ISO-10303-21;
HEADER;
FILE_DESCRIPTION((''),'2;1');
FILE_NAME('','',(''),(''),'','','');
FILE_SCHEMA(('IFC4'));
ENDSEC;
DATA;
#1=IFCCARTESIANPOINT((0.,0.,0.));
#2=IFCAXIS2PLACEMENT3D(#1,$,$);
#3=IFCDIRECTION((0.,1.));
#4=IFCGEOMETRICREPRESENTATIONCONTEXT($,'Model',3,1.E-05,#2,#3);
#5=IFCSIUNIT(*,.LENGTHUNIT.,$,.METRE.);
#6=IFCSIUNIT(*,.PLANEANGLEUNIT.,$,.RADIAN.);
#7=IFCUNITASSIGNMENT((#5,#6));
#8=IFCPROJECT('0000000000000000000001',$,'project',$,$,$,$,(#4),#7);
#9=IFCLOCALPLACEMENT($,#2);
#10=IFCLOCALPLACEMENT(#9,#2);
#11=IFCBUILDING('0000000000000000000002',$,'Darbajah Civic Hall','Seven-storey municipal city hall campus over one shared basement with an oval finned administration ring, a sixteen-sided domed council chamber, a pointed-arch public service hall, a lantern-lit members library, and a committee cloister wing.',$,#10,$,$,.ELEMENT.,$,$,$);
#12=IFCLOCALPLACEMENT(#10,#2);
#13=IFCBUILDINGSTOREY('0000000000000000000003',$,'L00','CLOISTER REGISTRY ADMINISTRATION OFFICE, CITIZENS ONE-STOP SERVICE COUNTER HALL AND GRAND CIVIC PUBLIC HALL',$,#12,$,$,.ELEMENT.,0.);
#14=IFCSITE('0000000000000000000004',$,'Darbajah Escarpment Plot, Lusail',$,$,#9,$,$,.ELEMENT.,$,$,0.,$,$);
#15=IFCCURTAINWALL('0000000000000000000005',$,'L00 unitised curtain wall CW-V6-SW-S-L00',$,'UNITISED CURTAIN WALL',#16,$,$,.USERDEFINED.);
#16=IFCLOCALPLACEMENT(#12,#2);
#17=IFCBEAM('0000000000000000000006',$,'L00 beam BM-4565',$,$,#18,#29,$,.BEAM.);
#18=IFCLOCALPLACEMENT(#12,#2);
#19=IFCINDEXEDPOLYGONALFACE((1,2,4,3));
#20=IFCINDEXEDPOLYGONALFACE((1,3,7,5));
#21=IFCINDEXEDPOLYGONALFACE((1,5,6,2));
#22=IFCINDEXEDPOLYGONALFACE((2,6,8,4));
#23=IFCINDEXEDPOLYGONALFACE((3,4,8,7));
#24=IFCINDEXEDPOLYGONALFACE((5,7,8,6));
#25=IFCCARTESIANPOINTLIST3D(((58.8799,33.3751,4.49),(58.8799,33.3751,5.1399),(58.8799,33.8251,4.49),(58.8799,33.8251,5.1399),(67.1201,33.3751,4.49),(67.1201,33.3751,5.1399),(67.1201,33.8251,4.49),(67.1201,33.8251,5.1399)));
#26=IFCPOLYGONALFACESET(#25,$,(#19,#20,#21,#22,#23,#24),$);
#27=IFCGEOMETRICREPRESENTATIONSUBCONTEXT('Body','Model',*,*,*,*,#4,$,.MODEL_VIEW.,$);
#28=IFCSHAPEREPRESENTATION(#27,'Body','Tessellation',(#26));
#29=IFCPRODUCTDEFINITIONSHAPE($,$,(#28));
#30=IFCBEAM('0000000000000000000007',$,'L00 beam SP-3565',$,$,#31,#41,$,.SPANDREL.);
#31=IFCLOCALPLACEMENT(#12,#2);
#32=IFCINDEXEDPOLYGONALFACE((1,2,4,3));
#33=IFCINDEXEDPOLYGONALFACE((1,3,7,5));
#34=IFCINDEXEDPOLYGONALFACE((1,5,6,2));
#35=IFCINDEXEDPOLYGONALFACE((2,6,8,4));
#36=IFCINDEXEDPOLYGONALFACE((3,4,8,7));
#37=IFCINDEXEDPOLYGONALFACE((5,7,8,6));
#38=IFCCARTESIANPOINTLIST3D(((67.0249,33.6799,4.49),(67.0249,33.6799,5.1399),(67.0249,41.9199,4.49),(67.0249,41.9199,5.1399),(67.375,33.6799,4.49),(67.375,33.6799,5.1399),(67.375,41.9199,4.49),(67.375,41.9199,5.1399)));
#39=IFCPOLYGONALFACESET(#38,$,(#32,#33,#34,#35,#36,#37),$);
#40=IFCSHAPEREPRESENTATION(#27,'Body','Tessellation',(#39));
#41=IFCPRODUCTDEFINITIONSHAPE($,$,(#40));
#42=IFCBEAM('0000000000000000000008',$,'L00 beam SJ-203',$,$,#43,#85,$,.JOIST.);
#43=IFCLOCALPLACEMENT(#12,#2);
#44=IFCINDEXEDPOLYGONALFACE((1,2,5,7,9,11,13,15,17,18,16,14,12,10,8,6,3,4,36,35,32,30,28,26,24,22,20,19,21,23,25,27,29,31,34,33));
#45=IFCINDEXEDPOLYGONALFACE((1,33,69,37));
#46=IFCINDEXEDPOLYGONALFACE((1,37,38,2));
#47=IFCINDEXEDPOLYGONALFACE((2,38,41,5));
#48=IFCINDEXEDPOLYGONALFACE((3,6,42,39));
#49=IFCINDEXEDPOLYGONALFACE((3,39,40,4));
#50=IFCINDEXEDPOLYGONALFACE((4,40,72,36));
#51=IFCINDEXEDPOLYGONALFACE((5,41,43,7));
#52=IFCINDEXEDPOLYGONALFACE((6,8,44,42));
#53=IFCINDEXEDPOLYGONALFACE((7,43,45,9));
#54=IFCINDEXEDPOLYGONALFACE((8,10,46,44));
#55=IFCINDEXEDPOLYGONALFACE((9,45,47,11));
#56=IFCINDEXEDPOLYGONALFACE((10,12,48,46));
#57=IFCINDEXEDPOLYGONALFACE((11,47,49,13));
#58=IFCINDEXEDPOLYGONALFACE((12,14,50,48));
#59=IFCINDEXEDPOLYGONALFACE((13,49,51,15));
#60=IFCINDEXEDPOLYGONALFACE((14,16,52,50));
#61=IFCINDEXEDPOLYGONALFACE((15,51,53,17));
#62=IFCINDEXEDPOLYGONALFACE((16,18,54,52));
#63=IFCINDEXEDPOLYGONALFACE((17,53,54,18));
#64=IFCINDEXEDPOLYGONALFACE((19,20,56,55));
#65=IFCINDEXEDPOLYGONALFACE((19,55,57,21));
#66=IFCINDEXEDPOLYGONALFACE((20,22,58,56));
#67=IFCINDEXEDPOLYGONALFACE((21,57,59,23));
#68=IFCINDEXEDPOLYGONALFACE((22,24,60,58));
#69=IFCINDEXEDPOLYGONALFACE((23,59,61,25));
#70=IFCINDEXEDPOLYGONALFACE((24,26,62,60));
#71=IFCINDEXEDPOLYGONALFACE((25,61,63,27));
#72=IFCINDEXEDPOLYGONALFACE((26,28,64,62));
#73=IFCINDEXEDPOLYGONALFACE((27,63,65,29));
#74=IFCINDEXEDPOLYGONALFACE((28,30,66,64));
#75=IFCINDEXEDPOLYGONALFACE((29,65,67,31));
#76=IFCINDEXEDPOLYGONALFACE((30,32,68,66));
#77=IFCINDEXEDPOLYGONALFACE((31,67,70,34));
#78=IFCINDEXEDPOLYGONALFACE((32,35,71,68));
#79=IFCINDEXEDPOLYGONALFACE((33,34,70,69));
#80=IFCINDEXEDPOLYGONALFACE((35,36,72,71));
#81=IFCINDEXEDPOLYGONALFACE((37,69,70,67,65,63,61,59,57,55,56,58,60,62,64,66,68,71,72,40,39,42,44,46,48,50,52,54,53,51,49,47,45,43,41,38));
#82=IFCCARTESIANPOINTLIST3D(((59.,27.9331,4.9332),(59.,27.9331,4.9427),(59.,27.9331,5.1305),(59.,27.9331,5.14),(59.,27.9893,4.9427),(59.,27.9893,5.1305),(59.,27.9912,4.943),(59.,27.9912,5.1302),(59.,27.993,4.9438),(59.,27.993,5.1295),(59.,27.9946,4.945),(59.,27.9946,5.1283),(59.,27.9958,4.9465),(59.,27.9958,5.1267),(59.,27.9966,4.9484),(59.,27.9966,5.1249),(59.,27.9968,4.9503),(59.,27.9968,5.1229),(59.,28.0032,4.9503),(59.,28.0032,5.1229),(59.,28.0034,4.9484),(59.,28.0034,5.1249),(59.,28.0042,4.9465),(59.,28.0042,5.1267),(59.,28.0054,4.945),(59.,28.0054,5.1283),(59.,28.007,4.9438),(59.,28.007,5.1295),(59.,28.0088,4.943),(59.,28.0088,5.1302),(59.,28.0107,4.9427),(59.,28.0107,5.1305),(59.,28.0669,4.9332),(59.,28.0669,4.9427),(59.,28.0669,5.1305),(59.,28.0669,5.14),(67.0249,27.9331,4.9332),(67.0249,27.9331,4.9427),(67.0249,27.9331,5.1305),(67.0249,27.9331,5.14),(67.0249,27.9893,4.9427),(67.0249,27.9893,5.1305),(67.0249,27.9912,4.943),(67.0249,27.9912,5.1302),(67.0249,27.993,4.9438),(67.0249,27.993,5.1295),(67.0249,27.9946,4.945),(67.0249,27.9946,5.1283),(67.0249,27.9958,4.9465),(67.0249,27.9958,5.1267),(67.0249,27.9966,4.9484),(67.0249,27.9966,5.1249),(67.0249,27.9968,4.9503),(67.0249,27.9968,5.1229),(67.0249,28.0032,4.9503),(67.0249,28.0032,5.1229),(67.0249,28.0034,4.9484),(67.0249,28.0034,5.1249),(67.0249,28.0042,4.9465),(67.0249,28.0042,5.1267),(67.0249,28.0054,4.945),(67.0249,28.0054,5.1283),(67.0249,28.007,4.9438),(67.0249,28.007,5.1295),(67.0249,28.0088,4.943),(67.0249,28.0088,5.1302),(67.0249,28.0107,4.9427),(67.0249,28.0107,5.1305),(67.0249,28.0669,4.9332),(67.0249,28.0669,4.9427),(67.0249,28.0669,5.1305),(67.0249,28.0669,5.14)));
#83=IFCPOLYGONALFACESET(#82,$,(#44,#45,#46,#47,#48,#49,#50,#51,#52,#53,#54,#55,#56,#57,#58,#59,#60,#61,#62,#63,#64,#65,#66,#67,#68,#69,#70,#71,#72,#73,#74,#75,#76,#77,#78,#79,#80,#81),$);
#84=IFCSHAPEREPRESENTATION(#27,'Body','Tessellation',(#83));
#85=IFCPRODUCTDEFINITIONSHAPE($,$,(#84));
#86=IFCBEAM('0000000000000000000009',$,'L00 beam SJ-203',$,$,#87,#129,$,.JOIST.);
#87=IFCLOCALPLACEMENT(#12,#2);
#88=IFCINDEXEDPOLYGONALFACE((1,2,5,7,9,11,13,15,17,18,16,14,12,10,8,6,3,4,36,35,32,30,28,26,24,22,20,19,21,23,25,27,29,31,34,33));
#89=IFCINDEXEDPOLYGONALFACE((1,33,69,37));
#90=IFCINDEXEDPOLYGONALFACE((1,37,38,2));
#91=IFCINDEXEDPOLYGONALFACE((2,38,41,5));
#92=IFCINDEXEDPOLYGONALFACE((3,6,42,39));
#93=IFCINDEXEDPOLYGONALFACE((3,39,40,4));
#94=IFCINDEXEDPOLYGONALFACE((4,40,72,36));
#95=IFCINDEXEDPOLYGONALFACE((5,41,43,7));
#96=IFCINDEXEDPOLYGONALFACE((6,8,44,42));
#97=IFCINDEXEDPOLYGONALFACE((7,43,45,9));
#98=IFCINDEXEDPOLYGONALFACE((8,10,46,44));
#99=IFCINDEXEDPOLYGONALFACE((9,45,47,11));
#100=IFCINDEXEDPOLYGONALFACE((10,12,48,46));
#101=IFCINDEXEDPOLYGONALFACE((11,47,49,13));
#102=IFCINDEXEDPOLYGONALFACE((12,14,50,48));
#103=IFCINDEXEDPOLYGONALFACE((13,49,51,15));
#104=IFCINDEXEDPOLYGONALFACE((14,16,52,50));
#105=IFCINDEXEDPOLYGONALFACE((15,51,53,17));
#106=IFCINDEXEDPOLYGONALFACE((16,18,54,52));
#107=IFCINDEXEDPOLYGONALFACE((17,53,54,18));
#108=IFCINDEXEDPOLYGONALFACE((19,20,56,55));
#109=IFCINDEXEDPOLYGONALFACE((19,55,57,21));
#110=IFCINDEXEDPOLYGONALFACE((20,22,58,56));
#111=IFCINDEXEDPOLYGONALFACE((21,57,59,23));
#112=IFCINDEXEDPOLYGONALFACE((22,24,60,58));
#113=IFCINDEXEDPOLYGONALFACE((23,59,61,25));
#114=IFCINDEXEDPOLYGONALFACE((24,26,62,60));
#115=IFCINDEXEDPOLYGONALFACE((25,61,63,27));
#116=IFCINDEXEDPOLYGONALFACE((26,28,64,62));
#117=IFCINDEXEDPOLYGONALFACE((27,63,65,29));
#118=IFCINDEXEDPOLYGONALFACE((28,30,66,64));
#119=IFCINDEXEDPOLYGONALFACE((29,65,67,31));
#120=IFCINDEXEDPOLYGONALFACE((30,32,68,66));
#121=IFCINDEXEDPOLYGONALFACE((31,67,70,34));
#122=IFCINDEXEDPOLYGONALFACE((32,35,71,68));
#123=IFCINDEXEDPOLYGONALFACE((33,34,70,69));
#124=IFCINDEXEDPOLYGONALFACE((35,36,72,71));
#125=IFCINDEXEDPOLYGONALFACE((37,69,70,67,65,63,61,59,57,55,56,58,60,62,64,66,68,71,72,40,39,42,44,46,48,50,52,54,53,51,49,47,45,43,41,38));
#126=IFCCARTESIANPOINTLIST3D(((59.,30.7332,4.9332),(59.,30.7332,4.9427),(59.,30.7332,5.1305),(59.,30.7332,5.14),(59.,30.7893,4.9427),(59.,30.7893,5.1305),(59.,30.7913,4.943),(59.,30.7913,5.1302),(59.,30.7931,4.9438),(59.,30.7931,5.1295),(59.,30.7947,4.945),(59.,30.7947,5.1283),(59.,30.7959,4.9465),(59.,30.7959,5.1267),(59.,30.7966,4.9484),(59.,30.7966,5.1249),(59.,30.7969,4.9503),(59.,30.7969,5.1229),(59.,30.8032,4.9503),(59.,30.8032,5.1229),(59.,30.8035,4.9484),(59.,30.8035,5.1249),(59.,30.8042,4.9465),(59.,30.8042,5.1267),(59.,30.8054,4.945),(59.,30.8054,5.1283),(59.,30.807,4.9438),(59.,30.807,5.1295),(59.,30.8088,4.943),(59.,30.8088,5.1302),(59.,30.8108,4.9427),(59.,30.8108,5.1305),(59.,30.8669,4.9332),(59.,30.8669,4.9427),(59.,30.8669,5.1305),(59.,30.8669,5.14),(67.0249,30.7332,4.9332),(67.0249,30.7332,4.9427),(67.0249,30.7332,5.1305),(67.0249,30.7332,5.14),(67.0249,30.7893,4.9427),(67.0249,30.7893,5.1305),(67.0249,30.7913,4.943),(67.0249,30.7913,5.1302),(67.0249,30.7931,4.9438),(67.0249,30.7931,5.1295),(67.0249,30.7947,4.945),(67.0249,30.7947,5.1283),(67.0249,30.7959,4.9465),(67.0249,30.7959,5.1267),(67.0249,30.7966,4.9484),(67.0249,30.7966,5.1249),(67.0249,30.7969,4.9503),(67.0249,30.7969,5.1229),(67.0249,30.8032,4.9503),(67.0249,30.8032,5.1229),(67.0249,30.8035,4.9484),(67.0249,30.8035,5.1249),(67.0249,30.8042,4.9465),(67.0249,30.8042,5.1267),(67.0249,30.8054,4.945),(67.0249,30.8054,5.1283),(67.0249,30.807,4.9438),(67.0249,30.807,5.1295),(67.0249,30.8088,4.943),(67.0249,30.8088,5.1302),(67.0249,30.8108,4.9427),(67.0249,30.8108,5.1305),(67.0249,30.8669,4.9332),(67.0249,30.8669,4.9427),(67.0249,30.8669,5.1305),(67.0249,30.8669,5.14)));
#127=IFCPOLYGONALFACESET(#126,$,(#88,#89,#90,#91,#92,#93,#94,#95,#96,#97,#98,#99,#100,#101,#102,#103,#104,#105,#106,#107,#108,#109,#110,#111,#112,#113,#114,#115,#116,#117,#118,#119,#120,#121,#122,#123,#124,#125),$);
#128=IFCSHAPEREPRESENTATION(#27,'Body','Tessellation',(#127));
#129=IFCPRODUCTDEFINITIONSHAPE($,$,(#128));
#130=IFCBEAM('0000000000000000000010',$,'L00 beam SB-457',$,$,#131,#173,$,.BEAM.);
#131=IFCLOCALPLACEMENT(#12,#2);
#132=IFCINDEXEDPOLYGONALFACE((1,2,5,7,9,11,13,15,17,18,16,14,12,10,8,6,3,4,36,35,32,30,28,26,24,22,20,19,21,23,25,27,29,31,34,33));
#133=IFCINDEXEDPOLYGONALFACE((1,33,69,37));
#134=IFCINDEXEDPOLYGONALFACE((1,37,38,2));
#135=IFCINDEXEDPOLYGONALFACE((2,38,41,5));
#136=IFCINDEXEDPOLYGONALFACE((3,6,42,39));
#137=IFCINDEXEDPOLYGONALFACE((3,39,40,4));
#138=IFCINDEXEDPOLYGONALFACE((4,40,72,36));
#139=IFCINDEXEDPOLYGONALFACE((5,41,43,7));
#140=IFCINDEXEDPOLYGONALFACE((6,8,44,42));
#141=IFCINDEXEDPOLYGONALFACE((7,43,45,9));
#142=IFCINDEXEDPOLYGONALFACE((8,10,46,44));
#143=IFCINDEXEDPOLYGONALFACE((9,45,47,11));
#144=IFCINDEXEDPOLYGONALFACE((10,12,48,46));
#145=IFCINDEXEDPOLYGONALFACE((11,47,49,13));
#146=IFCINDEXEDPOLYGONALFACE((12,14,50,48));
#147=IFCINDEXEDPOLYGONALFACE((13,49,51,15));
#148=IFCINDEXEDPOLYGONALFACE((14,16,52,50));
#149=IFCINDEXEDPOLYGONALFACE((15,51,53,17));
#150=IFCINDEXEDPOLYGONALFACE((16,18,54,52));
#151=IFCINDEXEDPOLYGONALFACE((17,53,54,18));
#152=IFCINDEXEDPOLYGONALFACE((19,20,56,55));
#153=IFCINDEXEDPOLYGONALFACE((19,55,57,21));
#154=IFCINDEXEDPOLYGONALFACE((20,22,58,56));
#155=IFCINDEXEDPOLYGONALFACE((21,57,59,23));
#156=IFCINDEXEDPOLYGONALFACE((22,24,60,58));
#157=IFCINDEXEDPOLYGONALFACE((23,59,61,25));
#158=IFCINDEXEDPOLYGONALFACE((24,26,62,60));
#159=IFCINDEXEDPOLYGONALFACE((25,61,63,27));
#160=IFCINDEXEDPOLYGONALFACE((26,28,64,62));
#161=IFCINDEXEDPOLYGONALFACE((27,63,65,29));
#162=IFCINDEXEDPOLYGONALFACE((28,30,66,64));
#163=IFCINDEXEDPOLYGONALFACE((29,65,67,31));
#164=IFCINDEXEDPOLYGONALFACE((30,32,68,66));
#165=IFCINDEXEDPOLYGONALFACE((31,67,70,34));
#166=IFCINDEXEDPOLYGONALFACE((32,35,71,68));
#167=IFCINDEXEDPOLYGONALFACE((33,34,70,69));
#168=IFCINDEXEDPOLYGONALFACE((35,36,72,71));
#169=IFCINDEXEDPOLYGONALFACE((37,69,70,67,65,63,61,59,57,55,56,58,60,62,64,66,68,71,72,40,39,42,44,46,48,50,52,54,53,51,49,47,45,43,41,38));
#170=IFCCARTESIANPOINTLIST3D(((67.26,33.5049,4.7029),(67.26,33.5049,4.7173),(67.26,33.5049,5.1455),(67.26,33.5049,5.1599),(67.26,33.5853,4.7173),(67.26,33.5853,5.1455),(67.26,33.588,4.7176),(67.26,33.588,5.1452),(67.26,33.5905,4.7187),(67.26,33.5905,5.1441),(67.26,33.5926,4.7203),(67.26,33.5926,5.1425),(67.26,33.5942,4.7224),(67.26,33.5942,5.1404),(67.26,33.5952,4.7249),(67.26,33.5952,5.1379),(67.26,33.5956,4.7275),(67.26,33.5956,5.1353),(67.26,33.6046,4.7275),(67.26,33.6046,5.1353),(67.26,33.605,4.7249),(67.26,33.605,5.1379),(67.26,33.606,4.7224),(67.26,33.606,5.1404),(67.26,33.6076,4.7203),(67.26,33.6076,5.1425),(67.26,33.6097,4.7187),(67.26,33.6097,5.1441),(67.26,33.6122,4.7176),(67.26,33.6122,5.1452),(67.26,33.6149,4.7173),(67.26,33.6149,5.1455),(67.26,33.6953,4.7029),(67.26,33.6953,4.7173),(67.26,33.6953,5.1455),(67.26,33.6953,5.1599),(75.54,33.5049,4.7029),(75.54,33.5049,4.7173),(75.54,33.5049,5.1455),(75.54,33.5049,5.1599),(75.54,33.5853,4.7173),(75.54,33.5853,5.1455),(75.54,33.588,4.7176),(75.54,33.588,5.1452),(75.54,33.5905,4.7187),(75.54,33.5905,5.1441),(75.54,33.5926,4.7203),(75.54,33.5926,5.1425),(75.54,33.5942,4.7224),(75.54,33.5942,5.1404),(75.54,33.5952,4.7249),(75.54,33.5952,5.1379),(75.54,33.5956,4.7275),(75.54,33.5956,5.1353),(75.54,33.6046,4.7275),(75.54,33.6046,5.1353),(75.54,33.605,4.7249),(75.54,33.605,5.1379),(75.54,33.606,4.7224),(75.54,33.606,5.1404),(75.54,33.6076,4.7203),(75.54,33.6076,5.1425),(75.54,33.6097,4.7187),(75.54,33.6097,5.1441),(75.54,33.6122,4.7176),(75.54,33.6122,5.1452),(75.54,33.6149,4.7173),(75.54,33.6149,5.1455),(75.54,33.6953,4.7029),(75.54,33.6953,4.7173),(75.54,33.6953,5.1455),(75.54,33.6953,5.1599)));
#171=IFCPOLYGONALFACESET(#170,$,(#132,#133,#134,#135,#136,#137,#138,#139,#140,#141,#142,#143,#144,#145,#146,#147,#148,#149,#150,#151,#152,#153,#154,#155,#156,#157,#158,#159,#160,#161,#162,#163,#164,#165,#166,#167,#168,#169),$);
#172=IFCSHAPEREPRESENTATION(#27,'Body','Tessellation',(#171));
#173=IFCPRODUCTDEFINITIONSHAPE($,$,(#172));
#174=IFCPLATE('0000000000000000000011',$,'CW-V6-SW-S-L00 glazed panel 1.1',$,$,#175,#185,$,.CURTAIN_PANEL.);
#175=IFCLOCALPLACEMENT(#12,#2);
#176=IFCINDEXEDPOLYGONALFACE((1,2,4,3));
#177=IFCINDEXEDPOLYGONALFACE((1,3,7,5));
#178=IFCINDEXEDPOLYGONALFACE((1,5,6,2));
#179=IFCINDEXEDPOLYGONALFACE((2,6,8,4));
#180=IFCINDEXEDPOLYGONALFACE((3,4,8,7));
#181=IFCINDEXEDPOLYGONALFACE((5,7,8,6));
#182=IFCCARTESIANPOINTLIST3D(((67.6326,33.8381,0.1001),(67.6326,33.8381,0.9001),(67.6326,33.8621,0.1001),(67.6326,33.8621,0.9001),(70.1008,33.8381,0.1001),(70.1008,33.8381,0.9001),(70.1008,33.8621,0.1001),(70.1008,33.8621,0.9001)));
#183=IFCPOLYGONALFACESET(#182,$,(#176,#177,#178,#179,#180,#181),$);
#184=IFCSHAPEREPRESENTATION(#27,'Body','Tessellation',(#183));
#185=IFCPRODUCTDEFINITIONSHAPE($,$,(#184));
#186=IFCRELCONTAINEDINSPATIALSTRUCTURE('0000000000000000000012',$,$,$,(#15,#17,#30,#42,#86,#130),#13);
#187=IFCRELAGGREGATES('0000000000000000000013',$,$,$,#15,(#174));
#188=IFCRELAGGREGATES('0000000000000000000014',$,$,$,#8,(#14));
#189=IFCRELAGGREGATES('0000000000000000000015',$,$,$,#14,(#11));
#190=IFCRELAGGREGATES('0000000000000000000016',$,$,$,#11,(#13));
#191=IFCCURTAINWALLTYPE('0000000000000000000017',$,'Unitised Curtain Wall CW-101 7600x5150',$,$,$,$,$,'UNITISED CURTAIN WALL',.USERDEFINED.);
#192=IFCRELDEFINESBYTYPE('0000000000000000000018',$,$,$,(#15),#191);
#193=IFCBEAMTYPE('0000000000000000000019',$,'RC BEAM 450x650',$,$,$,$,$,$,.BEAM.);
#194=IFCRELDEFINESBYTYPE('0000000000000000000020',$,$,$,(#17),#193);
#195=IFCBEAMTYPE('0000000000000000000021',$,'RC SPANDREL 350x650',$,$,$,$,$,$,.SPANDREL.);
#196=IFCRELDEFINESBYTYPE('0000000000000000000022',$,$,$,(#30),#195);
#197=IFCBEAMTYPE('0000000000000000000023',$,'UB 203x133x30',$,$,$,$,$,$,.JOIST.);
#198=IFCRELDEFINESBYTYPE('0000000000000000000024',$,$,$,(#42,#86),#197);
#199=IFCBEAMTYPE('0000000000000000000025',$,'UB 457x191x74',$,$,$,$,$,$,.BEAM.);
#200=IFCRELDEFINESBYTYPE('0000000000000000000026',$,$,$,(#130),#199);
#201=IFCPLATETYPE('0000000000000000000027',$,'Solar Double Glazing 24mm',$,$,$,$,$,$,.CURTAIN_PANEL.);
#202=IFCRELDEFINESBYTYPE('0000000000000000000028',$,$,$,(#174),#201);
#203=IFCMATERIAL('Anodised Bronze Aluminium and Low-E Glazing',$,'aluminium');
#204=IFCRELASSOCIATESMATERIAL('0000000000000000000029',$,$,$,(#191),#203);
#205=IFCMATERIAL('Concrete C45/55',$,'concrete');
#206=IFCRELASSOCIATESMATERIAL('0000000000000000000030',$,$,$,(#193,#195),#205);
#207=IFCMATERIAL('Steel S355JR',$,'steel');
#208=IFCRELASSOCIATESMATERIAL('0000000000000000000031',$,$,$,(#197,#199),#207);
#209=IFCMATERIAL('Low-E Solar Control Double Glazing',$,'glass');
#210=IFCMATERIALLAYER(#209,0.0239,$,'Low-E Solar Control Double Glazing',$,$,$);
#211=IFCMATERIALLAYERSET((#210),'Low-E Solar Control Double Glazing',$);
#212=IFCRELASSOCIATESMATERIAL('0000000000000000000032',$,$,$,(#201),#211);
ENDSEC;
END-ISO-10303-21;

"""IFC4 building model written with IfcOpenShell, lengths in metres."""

from ifc_helpers import new_model, si_unit, direction, frame, origin, origin_2d, place, context, subcontext, project, spatial, rectangle, i_section, extrude, material, layer, layer_set, material_profile, profile_set, type_object, element, aggregate, save


model = new_model("IFC4")

# Units and contexts
model_context = context("Model", 3, precision=1e-05, world=origin(), true_north=direction((0.0, 1.0)))
body_context = subcontext(model_context, "Body", "Model", "MODEL_VIEW")
ifc_project = project(units=[si_unit("LENGTHUNIT", "METRE"), si_unit("PLANEANGLEUNIT", "RADIAN")], contexts=[model_context])

# Site, building, storey
site_placement = place(None, origin())
site = spatial("IfcSite", under=ifc_project, at=site_placement, Name="Darbajah Escarpment Plot, Lusail", CompositionType="ELEMENT", RefElevation=0.0)
building_placement = place(site_placement, origin())
building = spatial("IfcBuilding", under=site, at=building_placement, Name="Darbajah Civic Hall", Description="Seven-storey municipal city hall campus over one shared basement with an oval finned administration ring, a sixteen-sided domed council chamber, a pointed-arch public service hall, a lantern-lit members library, and a committee cloister wing.", CompositionType="ELEMENT")
storey_placement = place(building_placement, origin())
storey = spatial("IfcBuildingStorey", under=building, at=storey_placement, Name="L00", Description="CLOISTER REGISTRY ADMINISTRATION OFFICE, CITIZENS ONE-STOP SERVICE COUNTER HALL AND GRAND CIVIC PUBLIC HALL", CompositionType="ELEMENT", Elevation=0.0)

# Curtain wall
ifc_material_1 = material(Name="Anodised Bronze Aluminium and Low-E Glazing", Category="aluminium")
curtain_wall_type = type_object("IfcCurtainWallType", Name="Unitised Curtain Wall CW-101 7600x5150", ElementType="UNITISED CURTAIN WALL", PredefinedType="USERDEFINED", material=ifc_material_1)
curtain_wall_placement = place(storey_placement, origin())
curtain_wall = element("IfcCurtainWall", 1, at=curtain_wall_placement, inside=storey, type_object=curtain_wall_type, Name="L00 unitised curtain wall CW-V6-SW-S-L00", ObjectType="UNITISED CURTAIN WALL", PredefinedType="USERDEFINED")

# Beams
ifc_material_2 = material(Name="Concrete C45/55", Category="concrete")
ifc_material_profile_1 = material_profile(ifc_material_2, rectangle(XDim=0.45, YDim=0.6499, at=origin_2d()), Name="RC BEAM 450x650")
ifc_profile_set_1 = profile_set([ifc_material_profile_1], Name="Concrete C45/55")
beam_type_1 = type_object("IfcBeamType", Name="RC BEAM 450x650", PredefinedType="BEAM", material=ifc_profile_set_1)
beam_1_placement = place(storey_placement, frame((58.8799, 33.6001, 4.8149), z_axis=(1.0, 0.0, 0.0), x_axis=(0.0, 1.0, 0.0)))
element("IfcBeam", 2, at=beam_1_placement, inside=storey, type_object=beam_type_1, Name="L00 beam BM-4565", PredefinedType="BEAM", context=body_context, shape_type="SweptSolid", body=[
    extrude(rectangle(XDim=0.45, YDim=0.6499, at=origin_2d()), origin(), (0.0, 0.0, 1.0), 8.2402),
])
ifc_material_profile_2 = material_profile(ifc_material_2, rectangle(XDim=0.3501, YDim=0.6499, at=origin_2d()), Name="RC SPANDREL 350x650")
ifc_profile_set_2 = profile_set([ifc_material_profile_2], Name="Concrete C45/55")
beam_type_2 = type_object("IfcBeamType", Name="RC SPANDREL 350x650", PredefinedType="SPANDREL", material=ifc_profile_set_2)
beam_2_placement = place(storey_placement, frame((67.2, 33.6799, 4.8149), z_axis=(0.0, 1.0, 0.0), x_axis=(-1.0, 0.0, 0.0)))
element("IfcBeam", 3, at=beam_2_placement, inside=storey, type_object=beam_type_2, Name="L00 beam SP-3565", PredefinedType="SPANDREL", context=body_context, shape_type="SweptSolid", body=[
    extrude(rectangle(XDim=0.3501, YDim=0.6499, at=origin_2d()), origin(), (0.0, 0.0, 1.0), 8.24),
])
ifc_material_3 = material(Name="Steel S355JR", Category="steel")
ifc_material_profile_3 = material_profile(ifc_material_3, i_section(OverallWidth=0.1338, OverallDepth=0.2068, WebThickness=0.0063, FlangeThickness=0.0095, FilletRadius=0.0076, at=origin_2d()), Name="UB 203x133x30")
ifc_profile_set_3 = profile_set([ifc_material_profile_3], Name="Steel S355JR")
beam_type_3 = type_object("IfcBeamType", Name="UB 203x133x30", PredefinedType="JOIST", material=ifc_profile_set_3)
for number, where, z_axis, x_axis, name in (
    (4, (59.0, 28.0, 5.0366), (1.0, 0.0, 0.0), (0.0, 1.0, 0.0), "L00 beam SJ-203"),
    (5, (59.0, 30.8, 5.0366), (1.0, 0.0, 0.0), (0.0, 1.0, 0.0), "L00 beam SJ-203"),
):
    element("IfcBeam", number, at=place(storey_placement, frame(where, z_axis=z_axis, x_axis=x_axis)), inside=storey, type_object=beam_type_3, Name=name, PredefinedType="JOIST", context=body_context, shape_type="SweptSolid", body=[
        extrude(i_section(OverallWidth=0.1338, OverallDepth=0.2068, WebThickness=0.0063, FlangeThickness=0.0095, FilletRadius=0.0076, at=origin_2d()), origin(), (0.0, 0.0, 1.0), 8.0249),
    ])
ifc_material_profile_4 = material_profile(ifc_material_3, i_section(OverallWidth=0.1904, OverallDepth=0.457, WebThickness=0.009, FlangeThickness=0.0144, FilletRadius=0.0103, at=origin_2d()), Name="UB 457x191x74")
ifc_profile_set_4 = profile_set([ifc_material_profile_4], Name="Steel S355JR")
beam_type_4 = type_object("IfcBeamType", Name="UB 457x191x74", PredefinedType="BEAM", material=ifc_profile_set_4)
beam_3_placement = place(storey_placement, frame((67.26, 33.6001, 4.9314), z_axis=(1.0, 0.0, 0.0), x_axis=(0.0, 1.0, 0.0)))
element("IfcBeam", 6, at=beam_3_placement, inside=storey, type_object=beam_type_4, Name="L00 beam SB-457", PredefinedType="BEAM", context=body_context, shape_type="SweptSolid", body=[
    extrude(i_section(OverallWidth=0.1904, OverallDepth=0.457, WebThickness=0.009, FlangeThickness=0.0144, FilletRadius=0.0103, at=origin_2d()), origin(), (0.0, 0.0, 1.0), 8.28),
])

# Plate
ifc_material_4 = material(Name="Low-E Solar Control Double Glazing", Category="glass")
ifc_layer = layer(ifc_material_4, 0.0239, Name="Low-E Solar Control Double Glazing")
ifc_layer_set = layer_set([ifc_layer], Name="Low-E Solar Control Double Glazing")
plate_type = type_object("IfcPlateType", Name="Solar Double Glazing 24mm", PredefinedType="CURTAIN_PANEL", material=ifc_layer_set)
plate_1_placement = place(storey_placement, frame((68.8667, 33.8501, 0.1001), z_axis=(0.0, 0.0, 1.0), x_axis=(1.0, 0.0, 0.0)))
plate_1 = element("IfcPlate", 7, at=plate_1_placement, type_object=plate_type, Name="CW-V6-SW-S-L00 glazed panel 1.1", PredefinedType="CURTAIN_PANEL", context=body_context, shape_type="SweptSolid", body=[
    extrude(rectangle(XDim=2.4683, YDim=0.0239, at=origin_2d()), origin(), (0.0, 0.0, 1.0), 0.8),
])
aggregate(curtain_wall, [plate_1])

save(model, "model.ifc")
